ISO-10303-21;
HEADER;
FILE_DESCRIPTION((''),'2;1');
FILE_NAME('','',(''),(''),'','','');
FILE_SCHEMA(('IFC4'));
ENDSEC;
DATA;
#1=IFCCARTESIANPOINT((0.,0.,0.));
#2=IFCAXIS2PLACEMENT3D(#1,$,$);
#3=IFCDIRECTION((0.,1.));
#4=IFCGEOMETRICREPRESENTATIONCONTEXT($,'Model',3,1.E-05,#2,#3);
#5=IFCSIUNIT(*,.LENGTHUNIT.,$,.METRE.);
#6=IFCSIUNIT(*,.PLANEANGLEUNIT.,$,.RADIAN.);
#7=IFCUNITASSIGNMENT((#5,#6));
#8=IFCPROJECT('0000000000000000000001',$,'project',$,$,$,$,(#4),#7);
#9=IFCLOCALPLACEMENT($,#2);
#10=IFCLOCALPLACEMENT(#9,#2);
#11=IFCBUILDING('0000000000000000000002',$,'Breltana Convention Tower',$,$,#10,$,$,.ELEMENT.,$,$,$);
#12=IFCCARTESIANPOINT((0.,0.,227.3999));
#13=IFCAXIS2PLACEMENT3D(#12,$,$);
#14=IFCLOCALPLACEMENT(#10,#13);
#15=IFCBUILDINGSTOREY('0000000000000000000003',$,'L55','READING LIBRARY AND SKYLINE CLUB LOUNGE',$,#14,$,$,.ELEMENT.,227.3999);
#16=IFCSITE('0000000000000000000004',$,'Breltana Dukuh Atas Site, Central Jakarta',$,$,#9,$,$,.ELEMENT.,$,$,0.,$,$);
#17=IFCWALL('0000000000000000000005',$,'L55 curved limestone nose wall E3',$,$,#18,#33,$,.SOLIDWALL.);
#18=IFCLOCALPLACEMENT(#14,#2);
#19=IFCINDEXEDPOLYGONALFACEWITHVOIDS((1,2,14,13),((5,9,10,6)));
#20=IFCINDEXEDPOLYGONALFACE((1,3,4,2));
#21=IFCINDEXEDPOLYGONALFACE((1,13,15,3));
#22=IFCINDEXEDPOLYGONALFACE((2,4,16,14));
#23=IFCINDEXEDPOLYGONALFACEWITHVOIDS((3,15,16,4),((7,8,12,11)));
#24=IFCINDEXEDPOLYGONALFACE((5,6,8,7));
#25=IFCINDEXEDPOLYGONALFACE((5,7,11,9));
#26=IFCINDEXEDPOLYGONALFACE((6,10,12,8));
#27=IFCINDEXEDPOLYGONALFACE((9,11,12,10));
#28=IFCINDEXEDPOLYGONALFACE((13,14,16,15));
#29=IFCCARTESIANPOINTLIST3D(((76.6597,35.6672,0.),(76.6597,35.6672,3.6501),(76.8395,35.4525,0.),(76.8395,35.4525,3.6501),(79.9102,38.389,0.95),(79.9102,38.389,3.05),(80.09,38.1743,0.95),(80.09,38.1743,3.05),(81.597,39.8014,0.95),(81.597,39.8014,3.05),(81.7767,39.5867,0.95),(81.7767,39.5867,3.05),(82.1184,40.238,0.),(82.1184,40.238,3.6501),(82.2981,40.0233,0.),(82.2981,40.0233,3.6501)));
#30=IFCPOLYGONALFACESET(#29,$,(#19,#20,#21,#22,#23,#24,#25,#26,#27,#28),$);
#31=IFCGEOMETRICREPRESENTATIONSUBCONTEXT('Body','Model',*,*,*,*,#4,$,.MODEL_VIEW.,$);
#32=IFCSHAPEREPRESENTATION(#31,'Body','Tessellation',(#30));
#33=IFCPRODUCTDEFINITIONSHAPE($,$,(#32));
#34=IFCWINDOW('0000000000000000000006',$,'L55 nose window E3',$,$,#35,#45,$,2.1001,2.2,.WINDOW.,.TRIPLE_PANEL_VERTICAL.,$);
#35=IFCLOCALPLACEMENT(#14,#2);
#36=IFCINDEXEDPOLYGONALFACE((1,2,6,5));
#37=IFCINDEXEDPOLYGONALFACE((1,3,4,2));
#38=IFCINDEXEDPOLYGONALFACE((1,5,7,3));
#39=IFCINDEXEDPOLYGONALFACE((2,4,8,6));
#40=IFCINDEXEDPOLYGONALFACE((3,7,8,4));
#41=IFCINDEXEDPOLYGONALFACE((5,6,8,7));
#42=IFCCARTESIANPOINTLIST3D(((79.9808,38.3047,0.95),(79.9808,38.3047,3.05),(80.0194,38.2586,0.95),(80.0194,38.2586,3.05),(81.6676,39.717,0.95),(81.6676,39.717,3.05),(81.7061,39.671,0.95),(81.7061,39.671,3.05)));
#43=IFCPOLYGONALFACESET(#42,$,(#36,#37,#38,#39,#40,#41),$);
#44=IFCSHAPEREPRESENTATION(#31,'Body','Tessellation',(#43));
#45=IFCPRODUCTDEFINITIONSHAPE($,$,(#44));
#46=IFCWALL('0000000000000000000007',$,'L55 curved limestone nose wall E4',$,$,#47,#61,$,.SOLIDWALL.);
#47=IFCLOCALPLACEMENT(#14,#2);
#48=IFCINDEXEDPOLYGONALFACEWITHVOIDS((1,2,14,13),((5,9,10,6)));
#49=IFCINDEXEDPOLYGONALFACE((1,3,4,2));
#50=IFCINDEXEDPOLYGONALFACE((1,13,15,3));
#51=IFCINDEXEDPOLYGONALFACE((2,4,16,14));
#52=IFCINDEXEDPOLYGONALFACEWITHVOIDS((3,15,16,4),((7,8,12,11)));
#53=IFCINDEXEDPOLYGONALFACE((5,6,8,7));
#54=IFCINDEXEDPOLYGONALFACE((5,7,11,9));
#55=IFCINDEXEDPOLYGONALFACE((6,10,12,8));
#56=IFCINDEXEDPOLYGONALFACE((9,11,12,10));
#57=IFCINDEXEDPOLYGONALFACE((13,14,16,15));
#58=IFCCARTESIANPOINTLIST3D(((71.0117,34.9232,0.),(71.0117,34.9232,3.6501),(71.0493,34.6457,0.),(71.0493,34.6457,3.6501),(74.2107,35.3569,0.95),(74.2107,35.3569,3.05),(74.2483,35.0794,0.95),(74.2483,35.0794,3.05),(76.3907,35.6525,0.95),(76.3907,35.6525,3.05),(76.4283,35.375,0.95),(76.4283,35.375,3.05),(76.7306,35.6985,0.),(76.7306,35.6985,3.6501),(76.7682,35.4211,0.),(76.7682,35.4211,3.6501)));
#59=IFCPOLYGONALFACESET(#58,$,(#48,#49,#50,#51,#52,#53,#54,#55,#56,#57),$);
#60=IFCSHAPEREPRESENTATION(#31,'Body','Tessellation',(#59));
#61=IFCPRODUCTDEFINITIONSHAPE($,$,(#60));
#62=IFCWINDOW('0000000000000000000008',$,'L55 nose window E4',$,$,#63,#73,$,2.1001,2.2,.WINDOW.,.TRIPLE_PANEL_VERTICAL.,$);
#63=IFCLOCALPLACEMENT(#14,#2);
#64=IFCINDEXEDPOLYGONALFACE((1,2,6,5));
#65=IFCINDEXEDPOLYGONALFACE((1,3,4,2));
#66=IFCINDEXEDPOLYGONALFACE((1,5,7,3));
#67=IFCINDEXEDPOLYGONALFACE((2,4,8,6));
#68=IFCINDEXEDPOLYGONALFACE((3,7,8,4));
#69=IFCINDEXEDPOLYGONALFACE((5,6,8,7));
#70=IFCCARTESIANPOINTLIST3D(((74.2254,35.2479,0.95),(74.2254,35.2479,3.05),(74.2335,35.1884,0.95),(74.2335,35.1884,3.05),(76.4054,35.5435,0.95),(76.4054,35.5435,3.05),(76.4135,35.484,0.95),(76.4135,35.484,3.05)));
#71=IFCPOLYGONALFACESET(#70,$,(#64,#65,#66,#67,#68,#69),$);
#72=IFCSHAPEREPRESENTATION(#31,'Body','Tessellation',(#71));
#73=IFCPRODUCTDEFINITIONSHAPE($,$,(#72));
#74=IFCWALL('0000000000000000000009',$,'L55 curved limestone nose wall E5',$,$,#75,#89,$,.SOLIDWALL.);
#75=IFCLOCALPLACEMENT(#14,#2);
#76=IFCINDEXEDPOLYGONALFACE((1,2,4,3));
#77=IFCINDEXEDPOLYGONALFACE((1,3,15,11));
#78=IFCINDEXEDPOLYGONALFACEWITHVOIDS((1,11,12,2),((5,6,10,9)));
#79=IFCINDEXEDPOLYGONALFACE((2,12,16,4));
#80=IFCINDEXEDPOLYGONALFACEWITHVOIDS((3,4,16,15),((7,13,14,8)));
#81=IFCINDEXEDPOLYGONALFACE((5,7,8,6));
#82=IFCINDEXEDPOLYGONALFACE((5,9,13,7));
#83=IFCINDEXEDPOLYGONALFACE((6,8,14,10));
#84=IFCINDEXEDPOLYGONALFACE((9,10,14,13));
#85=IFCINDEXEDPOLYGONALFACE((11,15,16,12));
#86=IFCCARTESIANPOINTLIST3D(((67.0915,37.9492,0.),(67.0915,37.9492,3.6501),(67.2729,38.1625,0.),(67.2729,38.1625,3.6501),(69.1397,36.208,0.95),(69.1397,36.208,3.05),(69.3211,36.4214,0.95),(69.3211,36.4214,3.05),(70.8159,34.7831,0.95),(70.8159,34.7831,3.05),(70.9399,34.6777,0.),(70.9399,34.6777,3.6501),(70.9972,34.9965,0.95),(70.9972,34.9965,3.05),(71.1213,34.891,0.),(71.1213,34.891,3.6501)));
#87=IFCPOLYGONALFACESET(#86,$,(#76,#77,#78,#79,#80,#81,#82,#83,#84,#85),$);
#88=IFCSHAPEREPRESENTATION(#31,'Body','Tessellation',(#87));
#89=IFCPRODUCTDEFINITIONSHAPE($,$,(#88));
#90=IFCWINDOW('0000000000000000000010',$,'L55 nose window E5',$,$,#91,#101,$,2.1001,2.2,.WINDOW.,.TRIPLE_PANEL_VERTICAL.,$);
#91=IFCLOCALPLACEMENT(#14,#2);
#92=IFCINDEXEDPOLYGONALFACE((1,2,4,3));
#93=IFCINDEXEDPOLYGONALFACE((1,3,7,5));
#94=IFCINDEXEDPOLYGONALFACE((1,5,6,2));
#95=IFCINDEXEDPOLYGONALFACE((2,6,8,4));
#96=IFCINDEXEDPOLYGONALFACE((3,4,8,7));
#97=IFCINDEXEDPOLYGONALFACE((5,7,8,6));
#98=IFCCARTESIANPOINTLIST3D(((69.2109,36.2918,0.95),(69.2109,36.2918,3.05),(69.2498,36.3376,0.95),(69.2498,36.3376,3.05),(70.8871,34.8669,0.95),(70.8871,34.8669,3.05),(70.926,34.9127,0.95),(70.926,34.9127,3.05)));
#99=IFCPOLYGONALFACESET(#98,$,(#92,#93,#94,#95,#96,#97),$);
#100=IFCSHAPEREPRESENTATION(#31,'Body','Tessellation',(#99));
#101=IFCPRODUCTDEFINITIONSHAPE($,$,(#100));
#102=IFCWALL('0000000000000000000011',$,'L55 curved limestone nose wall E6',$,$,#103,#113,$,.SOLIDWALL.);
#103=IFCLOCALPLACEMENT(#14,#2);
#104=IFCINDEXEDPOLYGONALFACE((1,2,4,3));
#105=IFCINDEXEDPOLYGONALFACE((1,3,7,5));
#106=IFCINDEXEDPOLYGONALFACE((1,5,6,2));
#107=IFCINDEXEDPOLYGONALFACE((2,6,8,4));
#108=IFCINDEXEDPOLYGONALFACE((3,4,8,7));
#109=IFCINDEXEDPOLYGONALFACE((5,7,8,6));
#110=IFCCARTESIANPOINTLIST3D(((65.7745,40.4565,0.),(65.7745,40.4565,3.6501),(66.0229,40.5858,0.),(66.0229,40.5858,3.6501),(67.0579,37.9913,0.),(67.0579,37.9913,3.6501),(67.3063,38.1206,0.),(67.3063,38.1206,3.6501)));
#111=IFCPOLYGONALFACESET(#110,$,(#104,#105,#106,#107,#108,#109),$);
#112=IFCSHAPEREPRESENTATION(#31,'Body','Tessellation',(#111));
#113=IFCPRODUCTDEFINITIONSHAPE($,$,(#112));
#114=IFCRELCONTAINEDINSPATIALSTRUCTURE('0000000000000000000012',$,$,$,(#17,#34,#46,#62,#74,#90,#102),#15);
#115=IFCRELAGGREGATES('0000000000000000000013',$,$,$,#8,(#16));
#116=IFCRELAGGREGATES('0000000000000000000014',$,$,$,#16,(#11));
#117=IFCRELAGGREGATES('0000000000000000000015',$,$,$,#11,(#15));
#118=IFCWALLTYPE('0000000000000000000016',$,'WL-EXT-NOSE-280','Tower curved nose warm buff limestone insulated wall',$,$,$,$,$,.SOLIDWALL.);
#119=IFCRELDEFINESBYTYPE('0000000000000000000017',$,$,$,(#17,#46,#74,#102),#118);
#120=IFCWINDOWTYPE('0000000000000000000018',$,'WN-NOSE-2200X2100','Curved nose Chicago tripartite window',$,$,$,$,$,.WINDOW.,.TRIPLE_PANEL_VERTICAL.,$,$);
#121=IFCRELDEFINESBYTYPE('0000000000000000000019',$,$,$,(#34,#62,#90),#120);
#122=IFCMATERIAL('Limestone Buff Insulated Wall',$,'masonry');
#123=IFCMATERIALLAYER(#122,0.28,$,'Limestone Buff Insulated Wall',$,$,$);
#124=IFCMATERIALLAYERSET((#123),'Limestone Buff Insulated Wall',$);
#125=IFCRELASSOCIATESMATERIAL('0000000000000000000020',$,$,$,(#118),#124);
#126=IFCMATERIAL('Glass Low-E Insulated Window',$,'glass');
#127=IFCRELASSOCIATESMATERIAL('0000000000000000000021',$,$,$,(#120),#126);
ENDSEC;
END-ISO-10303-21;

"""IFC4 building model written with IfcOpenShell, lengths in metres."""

from ifc_helpers import new_model, si_unit, direction, frame, frame_2d, origin, place, context, subcontext, project, spatial, rectangle, extrude, source, transform, mapped, material, layer, layer_set, type_object, type_shapes, element, fill, save


model = new_model("IFC4")

# Units and contexts
model_context = context("Model", 3, precision=1e-05, world=origin(), true_north=direction((0.0, 1.0)))
body_context = subcontext(model_context, "Body", "Model", "MODEL_VIEW")
ifc_project = project(units=[si_unit("LENGTHUNIT", "METRE"), si_unit("PLANEANGLEUNIT", "RADIAN")], contexts=[model_context])

# Site, building, storey
site_placement = place(None, origin())
site = spatial("IfcSite", under=ifc_project, at=site_placement, Name="Breltana Dukuh Atas Site, Central Jakarta", CompositionType="ELEMENT", RefElevation=0.0)
building_placement = place(site_placement, origin())
building = spatial("IfcBuilding", under=site, at=building_placement, Name="Breltana Convention Tower", CompositionType="ELEMENT")
storey_placement = place(building_placement, frame((0.0, 0.0, 227.3999)))
storey = spatial("IfcBuildingStorey", under=building, at=storey_placement, Name="L55", Description="READING LIBRARY AND SKYLINE CLUB LOUNGE", CompositionType="ELEMENT", Elevation=227.3999)

# Walls, openings, windows
ifc_material_1 = material(Name="Limestone Buff Insulated Wall", Category="masonry")
ifc_layer_1 = layer(ifc_material_1, 0.28, Name="Limestone Buff Insulated Wall")
ifc_layer_set_1 = layer_set([ifc_layer_1], Name="Limestone Buff Insulated Wall")
wall_type = type_object("IfcWallType", Name="WL-EXT-NOSE-280", Description="Tower curved nose warm buff limestone insulated wall", PredefinedType="SOLIDWALL", material=ifc_layer_set_1)
shared_shape_1 = source(origin(), body_context, "Body", "SweptSolid", [
    extrude(rectangle(XDim=7.1196, YDim=0.28, at=frame_2d((3.5598, 0.0))), origin(), (0.0, 0.0, 1.0), 3.6501),
])
wall_1_placement = place(storey_placement, frame((82.2083, 40.1306, 0.0), z_axis=(0.0, 0.0, 1.0), x_axis=(-0.76671, -0.641994, 0.0)))
wall_1 = element("IfcWall", 1, at=wall_1_placement, inside=storey, type_object=wall_type, Name="L55 curved limestone nose wall E3", PredefinedType="SOLIDWALL", context=body_context, shape_type="MappedRepresentation", body=[
    mapped(shared_shape_1, transform((0.0, 0.0, 0.0), scale=1.0)),
])
opening_1_placement = place(wall_1_placement, frame((0.6799, 0.0, 0.95)))
opening_1 = element("IfcOpeningElement", 2, at=opening_1_placement, cuts=wall_1, PredefinedType="OPENING", context=body_context, shape_type="SweptSolid", body=[
    extrude(rectangle(XDim=2.2, YDim=2.1001, at=frame_2d((1.1001, 1.05))), frame((0.0, 0.1499, 0.0), z_axis=(0.0, -1.0, 0.0), x_axis=(1.0, 0.0, 0.0)), (0.0, 0.0, 1.0), 0.3),
])
ifc_material_2 = material(Name="Glass Low-E Insulated Window", Category="glass")
window_type = type_object("IfcWindowType", Name="WN-NOSE-2200X2100", Description="Curved nose Chicago tripartite window", PartitioningType="TRIPLE_PANEL_VERTICAL", PredefinedType="WINDOW", material=ifc_material_2)
shared_shape_2 = source(origin(), body_context, "Body", "SweptSolid", [
    extrude(rectangle(XDim=2.2, YDim=2.1001, at=frame_2d((1.1001, 1.05))), frame((0.0, 0.03, 0.0), z_axis=(0.0, -1.0, 0.0), x_axis=(1.0, 0.0, 0.0)), (0.0, 0.0, 1.0), 0.0601),
])
type_shapes(window_type, [shared_shape_2])
window_1_placement = place(opening_1_placement, origin())
window_1 = element("IfcWindow", 3, at=window_1_placement, inside=storey, type_object=window_type, Name="L55 nose window E3", OverallHeight=2.1001, OverallWidth=2.2, PartitioningType="TRIPLE_PANEL_VERTICAL", PredefinedType="WINDOW", context=body_context, shape_type="MappedRepresentation", body=[
    mapped(shared_shape_2, transform((0.0, 0.0, 0.0), scale=1.0)),
])
fill(opening_1, window_1)
shared_shape_3 = source(origin(), body_context, "Body", "SweptSolid", [
    extrude(rectangle(XDim=5.7712, YDim=0.28, at=frame_2d((2.8857, 0.0))), origin(), (0.0, 0.0, 1.0), 3.6501),
])
wall_2_placement = place(storey_placement, frame((76.7495, 35.5598, 0.0), z_axis=(0.0, 0.0, 1.0), x_axis=(-0.990934, -0.134352, 0.0)))
wall_2 = element("IfcWall", 4, at=wall_2_placement, inside=storey, type_object=wall_type, Name="L55 curved limestone nose wall E4", PredefinedType="SOLIDWALL", context=body_context, shape_type="MappedRepresentation", body=[
    mapped(shared_shape_3, transform((0.0, 0.0, 0.0), scale=1.0)),
])
opening_2_placement = place(wall_2_placement, frame((0.343, 0.0, 0.95)))
opening_2 = element("IfcOpeningElement", 5, at=opening_2_placement, cuts=wall_2, PredefinedType="OPENING", context=body_context, shape_type="SweptSolid", body=[
    extrude(rectangle(XDim=2.2, YDim=2.1001, at=frame_2d((1.1001, 1.05))), frame((0.0, 0.1499, 0.0), z_axis=(0.0, -1.0, 0.0), x_axis=(1.0, 0.0, 0.0)), (0.0, 0.0, 1.0), 0.3),
])
window_2_placement = place(opening_2_placement, origin())
window_2 = element("IfcWindow", 6, at=window_2_placement, inside=storey, type_object=window_type, Name="L55 nose window E4", OverallHeight=2.1001, OverallWidth=2.2, PartitioningType="TRIPLE_PANEL_VERTICAL", PredefinedType="WINDOW", context=body_context, shape_type="MappedRepresentation", body=[
    mapped(shared_shape_2, transform((0.0, 0.0, 0.0), scale=1.0)),
])
fill(opening_2, window_2)
shared_shape_4 = source(origin(), body_context, "Body", "SweptSolid", [
    extrude(rectangle(XDim=5.051, YDim=0.28, at=frame_2d((2.5254, 0.0))), origin(), (0.0, 0.0, 1.0), 3.6501),
])
wall_3_placement = place(storey_placement, frame((71.0305, 34.7844, 0.0), z_axis=(0.0, 0.0, 1.0), x_axis=(-0.761905, 0.647689, 0.0)))
wall_3 = element("IfcWall", 7, at=wall_3_placement, inside=storey, type_object=wall_type, Name="L55 curved limestone nose wall E5", PredefinedType="SOLIDWALL", context=body_context, shape_type="MappedRepresentation", body=[
    mapped(shared_shape_4, transform((0.0, 0.0, 0.0), scale=1.0)),
])
opening_3_placement = place(wall_3_placement, frame((0.1626, 0.0, 0.95)))
opening_3 = element("IfcOpeningElement", 8, at=opening_3_placement, cuts=wall_3, PredefinedType="OPENING", context=body_context, shape_type="SweptSolid", body=[
    extrude(rectangle(XDim=2.2, YDim=2.1001, at=frame_2d((1.1001, 1.05))), frame((0.0, 0.1499, 0.0), z_axis=(0.0, -1.0, 0.0), x_axis=(1.0, 0.0, 0.0)), (0.0, 0.0, 1.0), 0.3),
])
window_3_placement = place(opening_3_placement, origin())
window_3 = element("IfcWindow", 9, at=window_3_placement, inside=storey, type_object=window_type, Name="L55 nose window E5", OverallHeight=2.1001, OverallWidth=2.2, PartitioningType="TRIPLE_PANEL_VERTICAL", PredefinedType="WINDOW", context=body_context, shape_type="MappedRepresentation", body=[
    mapped(shared_shape_2, transform((0.0, 0.0, 0.0), scale=1.0)),
])
fill(opening_3, window_3)

# Wall
shared_shape_5 = source(origin(), body_context, "Body", "SweptSolid", [
    extrude(rectangle(XDim=2.7793, YDim=0.28, at=frame_2d((1.3896, 0.0))), origin(), (0.0, 0.0, 1.0), 3.6501),
])
wall_4_placement = place(storey_placement, frame((67.1821, 38.0559, 0.0), z_axis=(0.0, 0.0, 1.0), x_axis=(-0.46177, 0.887, 0.0)))
element("IfcWall", 10, at=wall_4_placement, inside=storey, type_object=wall_type, Name="L55 curved limestone nose wall E6", PredefinedType="SOLIDWALL", context=body_context, shape_type="MappedRepresentation", body=[
    mapped(shared_shape_5, transform((0.0, 0.0, 0.0), scale=1.0)),
])

save(model, "model.ifc")
